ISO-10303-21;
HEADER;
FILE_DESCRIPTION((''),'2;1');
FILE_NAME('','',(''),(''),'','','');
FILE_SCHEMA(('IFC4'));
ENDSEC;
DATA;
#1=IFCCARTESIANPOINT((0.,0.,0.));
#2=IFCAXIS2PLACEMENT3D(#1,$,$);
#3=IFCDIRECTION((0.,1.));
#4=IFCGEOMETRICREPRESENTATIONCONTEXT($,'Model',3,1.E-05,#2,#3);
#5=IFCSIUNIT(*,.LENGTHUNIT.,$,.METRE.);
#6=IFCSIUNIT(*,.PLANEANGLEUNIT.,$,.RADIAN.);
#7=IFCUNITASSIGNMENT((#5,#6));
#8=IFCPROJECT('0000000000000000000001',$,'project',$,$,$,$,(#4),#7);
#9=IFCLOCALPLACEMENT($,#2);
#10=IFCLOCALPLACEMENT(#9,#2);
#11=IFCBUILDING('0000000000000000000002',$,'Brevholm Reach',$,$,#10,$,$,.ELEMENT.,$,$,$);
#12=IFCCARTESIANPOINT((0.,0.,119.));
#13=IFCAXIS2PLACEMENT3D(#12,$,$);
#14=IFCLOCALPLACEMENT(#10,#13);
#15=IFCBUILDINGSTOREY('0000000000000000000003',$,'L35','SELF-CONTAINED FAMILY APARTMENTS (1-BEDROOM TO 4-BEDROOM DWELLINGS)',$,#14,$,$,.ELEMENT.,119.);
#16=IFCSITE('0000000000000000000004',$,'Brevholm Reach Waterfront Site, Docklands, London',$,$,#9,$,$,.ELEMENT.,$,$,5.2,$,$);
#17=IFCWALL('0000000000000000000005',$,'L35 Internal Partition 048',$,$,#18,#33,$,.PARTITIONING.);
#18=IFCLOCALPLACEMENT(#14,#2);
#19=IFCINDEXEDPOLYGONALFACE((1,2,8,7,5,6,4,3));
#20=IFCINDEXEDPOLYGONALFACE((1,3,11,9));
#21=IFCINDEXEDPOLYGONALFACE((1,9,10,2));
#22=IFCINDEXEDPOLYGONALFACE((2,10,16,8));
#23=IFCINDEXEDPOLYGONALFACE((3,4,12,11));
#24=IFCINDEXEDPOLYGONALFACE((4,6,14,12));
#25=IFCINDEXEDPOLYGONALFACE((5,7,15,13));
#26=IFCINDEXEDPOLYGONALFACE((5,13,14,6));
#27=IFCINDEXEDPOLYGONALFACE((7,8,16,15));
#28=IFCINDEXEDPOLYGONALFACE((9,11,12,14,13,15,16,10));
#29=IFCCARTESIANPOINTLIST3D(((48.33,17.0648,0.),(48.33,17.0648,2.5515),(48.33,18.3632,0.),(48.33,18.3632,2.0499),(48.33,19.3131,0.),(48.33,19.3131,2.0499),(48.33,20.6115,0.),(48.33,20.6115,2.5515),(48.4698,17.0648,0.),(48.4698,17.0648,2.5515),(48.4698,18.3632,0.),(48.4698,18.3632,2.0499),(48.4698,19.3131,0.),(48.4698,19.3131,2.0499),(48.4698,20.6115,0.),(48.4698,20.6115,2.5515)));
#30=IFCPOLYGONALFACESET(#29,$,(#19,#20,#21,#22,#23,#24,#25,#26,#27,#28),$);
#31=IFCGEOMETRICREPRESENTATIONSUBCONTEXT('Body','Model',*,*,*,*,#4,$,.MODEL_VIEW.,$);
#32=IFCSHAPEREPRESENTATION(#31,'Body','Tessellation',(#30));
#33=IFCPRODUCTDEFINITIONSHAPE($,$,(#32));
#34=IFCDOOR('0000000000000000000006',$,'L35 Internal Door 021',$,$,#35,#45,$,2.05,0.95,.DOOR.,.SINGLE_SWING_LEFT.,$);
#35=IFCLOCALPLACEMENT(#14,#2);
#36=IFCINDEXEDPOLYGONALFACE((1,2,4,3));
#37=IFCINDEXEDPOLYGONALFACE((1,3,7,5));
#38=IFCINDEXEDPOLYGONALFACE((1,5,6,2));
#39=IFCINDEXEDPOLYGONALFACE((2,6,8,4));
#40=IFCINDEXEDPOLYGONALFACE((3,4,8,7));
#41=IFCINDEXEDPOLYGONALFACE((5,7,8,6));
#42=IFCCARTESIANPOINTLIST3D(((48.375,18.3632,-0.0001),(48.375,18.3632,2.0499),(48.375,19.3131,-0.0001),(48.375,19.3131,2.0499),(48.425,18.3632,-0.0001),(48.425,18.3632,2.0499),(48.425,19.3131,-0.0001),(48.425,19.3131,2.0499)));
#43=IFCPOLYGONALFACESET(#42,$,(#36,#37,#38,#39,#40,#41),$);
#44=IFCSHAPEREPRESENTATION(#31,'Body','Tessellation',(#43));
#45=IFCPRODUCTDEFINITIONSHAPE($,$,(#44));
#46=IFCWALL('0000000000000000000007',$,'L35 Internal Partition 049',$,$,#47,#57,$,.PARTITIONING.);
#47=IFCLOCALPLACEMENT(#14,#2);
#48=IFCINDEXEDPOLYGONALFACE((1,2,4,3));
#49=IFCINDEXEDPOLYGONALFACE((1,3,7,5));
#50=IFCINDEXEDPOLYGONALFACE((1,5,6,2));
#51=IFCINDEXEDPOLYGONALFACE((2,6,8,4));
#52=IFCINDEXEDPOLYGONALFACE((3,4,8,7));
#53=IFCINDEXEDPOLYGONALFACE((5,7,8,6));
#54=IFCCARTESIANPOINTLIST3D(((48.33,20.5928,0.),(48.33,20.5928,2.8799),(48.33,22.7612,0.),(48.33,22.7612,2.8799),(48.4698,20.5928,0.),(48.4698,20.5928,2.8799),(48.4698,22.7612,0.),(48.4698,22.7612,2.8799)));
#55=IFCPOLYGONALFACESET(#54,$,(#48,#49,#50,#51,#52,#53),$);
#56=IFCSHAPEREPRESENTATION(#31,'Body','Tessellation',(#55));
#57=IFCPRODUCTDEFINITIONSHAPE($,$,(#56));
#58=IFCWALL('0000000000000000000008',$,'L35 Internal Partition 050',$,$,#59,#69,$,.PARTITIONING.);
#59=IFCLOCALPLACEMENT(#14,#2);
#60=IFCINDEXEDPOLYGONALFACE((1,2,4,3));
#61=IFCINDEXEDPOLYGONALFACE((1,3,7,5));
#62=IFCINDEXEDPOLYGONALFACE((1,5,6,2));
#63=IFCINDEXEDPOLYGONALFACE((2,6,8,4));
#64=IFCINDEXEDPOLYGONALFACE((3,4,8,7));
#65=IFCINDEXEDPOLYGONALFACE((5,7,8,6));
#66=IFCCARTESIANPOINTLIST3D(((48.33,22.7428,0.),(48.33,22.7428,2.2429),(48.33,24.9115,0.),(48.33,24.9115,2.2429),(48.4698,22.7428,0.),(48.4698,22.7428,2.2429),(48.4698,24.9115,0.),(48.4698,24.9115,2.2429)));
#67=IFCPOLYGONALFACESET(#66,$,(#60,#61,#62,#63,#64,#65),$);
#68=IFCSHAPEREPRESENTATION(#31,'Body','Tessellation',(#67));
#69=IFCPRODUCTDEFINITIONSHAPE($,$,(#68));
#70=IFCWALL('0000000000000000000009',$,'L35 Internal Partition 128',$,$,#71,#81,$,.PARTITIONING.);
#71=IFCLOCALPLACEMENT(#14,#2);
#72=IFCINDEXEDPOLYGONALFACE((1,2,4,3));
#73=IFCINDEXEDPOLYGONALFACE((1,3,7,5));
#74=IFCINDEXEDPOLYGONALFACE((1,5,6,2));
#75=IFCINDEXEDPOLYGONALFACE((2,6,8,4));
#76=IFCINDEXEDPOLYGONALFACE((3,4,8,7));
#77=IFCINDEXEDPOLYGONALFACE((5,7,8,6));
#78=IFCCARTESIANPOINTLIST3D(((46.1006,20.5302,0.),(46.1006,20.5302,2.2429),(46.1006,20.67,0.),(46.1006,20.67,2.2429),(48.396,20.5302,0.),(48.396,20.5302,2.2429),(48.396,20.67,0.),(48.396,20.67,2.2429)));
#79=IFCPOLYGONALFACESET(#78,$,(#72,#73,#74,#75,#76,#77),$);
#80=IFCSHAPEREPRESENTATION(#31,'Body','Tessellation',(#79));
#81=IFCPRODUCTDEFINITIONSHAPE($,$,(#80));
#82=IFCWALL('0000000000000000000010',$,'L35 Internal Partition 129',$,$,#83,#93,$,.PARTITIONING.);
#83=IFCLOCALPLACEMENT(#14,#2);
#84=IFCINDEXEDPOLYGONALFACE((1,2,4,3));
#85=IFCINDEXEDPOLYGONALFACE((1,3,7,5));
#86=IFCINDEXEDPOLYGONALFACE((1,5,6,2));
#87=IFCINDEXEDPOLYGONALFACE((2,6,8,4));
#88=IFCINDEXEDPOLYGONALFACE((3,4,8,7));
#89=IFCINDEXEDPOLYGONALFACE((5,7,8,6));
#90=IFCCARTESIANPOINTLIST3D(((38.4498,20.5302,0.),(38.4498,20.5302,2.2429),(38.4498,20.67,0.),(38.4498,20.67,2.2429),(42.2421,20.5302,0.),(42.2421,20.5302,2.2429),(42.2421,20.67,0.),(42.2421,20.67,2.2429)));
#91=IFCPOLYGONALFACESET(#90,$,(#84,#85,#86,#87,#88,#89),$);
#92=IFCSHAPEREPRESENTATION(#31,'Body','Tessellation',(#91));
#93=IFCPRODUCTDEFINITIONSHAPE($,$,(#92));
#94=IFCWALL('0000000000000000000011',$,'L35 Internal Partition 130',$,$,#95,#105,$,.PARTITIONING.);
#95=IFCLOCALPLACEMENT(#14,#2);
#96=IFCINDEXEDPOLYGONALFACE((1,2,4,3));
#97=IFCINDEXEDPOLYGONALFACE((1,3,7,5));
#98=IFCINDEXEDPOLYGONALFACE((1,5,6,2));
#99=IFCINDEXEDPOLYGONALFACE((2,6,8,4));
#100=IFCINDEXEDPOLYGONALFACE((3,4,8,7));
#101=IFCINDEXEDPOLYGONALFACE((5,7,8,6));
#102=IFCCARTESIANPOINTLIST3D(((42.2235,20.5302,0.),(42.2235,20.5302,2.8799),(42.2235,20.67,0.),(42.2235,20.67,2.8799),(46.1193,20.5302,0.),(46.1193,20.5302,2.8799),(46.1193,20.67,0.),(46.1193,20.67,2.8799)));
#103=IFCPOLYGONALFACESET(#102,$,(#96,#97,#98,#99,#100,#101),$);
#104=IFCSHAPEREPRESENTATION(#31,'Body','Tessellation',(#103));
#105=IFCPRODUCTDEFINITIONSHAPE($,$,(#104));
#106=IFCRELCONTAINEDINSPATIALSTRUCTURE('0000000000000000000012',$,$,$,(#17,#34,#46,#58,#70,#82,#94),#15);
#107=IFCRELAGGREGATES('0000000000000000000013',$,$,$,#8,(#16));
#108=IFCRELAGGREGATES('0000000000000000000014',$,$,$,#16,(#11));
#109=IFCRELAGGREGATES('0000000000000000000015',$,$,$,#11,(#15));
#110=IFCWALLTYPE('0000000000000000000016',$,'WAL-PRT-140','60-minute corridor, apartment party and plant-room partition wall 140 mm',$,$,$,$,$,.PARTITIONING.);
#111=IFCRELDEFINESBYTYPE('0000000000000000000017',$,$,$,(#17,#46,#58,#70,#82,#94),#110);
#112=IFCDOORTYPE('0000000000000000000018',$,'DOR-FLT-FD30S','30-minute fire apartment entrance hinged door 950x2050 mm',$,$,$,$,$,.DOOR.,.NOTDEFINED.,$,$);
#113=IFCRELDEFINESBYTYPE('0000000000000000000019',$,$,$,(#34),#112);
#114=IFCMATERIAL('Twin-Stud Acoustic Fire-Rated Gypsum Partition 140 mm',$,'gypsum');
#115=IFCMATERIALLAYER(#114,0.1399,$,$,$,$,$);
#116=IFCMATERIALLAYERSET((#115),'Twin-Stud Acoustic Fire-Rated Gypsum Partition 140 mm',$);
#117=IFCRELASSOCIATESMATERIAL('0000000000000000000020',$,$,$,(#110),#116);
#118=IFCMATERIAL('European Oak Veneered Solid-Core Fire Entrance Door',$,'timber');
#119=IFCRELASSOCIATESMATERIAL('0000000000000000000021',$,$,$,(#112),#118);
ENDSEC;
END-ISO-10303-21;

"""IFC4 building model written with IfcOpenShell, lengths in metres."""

from ifc_helpers import new_model, si_unit, direction, frame, frame_2d, origin, place, context, subcontext, project, spatial, rectangle, extrude, material, layer, layer_set, type_object, element, fill, save


model = new_model("IFC4")

# Units and contexts
model_context = context("Model", 3, precision=1e-05, world=origin(), true_north=direction((0.0, 1.0)))
body_context = subcontext(model_context, "Body", "Model", "MODEL_VIEW")
ifc_project = project(units=[si_unit("LENGTHUNIT", "METRE"), si_unit("PLANEANGLEUNIT", "RADIAN")], contexts=[model_context])

# Site, building, storey
site_placement = place(None, origin())
site = spatial("IfcSite", under=ifc_project, at=site_placement, Name="Brevholm Reach Waterfront Site, Docklands, London", CompositionType="ELEMENT", RefElevation=5.2)
building_placement = place(site_placement, origin())
building = spatial("IfcBuilding", under=site, at=building_placement, Name="Brevholm Reach", CompositionType="ELEMENT")
storey_placement = place(building_placement, frame((0.0, 0.0, 119.0)))
storey = spatial("IfcBuildingStorey", under=building, at=storey_placement, Name="L35", Description="SELF-CONTAINED FAMILY APARTMENTS (1-BEDROOM TO 4-BEDROOM DWELLINGS)", CompositionType="ELEMENT", Elevation=119.0)

# Wall, opening, door
ifc_material_1 = material(Name="Twin-Stud Acoustic Fire-Rated Gypsum Partition 140 mm", Category="gypsum")
ifc_layer_1 = layer(ifc_material_1, 0.1399)
ifc_layer_set_1 = layer_set([ifc_layer_1], Name="Twin-Stud Acoustic Fire-Rated Gypsum Partition 140 mm")
wall_type_1 = type_object("IfcWallType", Name="WAL-PRT-140", Description="60-minute corridor, apartment party and plant-room partition wall 140 mm", PredefinedType="PARTITIONING", material=ifc_layer_set_1)
wall_1_placement = place(storey_placement, frame((48.3999, 17.0647, 0.0), z_axis=(0.0, 0.0, 1.0), x_axis=(0.0, 1.0, 0.0)))
wall_1 = element("IfcWall", 1, at=wall_1_placement, inside=storey, type_object=wall_type_1, Name="L35 Internal Partition 048", PredefinedType="PARTITIONING", context=body_context, shape_type="SweptSolid", body=[
    extrude(rectangle(XDim=3.5466, YDim=0.1399, at=frame_2d((1.7734, 0.0))), origin(), (0.0, 0.0, 1.0), 2.5515),
])
opening_1_placement = place(wall_1_placement, frame((1.2983, 0.0, 0.0)))
opening_1 = element("IfcOpeningElement", 2, at=opening_1_placement, cuts=wall_1, PredefinedType="OPENING", context=body_context, shape_type="SweptSolid", body=[
    extrude(rectangle(XDim=0.95, YDim=2.05, at=frame_2d((0.4751, 1.0249))), frame((0.0, 0.0798, 0.0), z_axis=(0.0, -1.0, 0.0), x_axis=(1.0, 0.0, 0.0)), (0.0, 0.0, 1.0), 0.1599),
])
ifc_material_2 = material(Name="European Oak Veneered Solid-Core Fire Entrance Door", Category="timber")
door_type_1 = type_object("IfcDoorType", Name="DOR-FLT-FD30S", Description="30-minute fire apartment entrance hinged door 950x2050 mm", OperationType="NOTDEFINED", PredefinedType="DOOR", material=ifc_material_2)
door_1_placement = place(opening_1_placement, origin())
door_1 = element("IfcDoor", 3, at=door_1_placement, inside=storey, type_object=door_type_1, Name="L35 Internal Door 021", OperationType="SINGLE_SWING_LEFT", OverallHeight=2.05, OverallWidth=0.95, PredefinedType="DOOR", context=body_context, shape_type="SweptSolid", body=[
    extrude(rectangle(XDim=0.95, YDim=2.05, at=frame_2d((0.4751, 1.0249))), frame((0.0, 0.0249, 0.0), z_axis=(0.0, -1.0, 0.0), x_axis=(1.0, 0.0, 0.0)), (0.0, 0.0, 1.0), 0.05),
])
fill(opening_1, door_1)

# Walls
wall_2_placement = place(storey_placement, frame((48.3999, 20.5928, 0.0), z_axis=(0.0, 0.0, 1.0), x_axis=(0.0, 1.0, 0.0)))
element("IfcWall", 4, at=wall_2_placement, inside=storey, type_object=wall_type_1, Name="L35 Internal Partition 049", PredefinedType="PARTITIONING", context=body_context, shape_type="SweptSolid", body=[
    extrude(rectangle(XDim=2.1685, YDim=0.1399, at=frame_2d((1.0842, 0.0))), origin(), (0.0, 0.0, 1.0), 2.8799),
])
wall_3_placement = place(storey_placement, frame((48.3999, 22.7427, 0.0), z_axis=(0.0, 0.0, 1.0), x_axis=(0.0, 1.0, 0.0)))
element("IfcWall", 5, at=wall_3_placement, inside=storey, type_object=wall_type_1, Name="L35 Internal Partition 050", PredefinedType="PARTITIONING", context=body_context, shape_type="SweptSolid", body=[
    extrude(rectangle(XDim=2.1687, YDim=0.1399, at=frame_2d((1.0845, 0.0))), origin(), (0.0, 0.0, 1.0), 2.2429),
])
wall_4_placement = place(storey_placement, frame((46.1006, 20.6001, 0.0), z_axis=(0.0, 0.0, 1.0), x_axis=(1.0, 0.0, 0.0)))
element("IfcWall", 6, at=wall_4_placement, inside=storey, type_object=wall_type_1, Name="L35 Internal Partition 128", PredefinedType="PARTITIONING", context=body_context, shape_type="SweptSolid", body=[
    extrude(rectangle(XDim=2.2954, YDim=0.1399, at=frame_2d((1.1477, 0.0))), origin(), (0.0, 0.0, 1.0), 2.2429),
])
wall_5_placement = place(storey_placement, frame((38.45, 20.6001, 0.0), z_axis=(0.0, 0.0, 1.0), x_axis=(1.0, 0.0, 0.0)))
element("IfcWall", 7, at=wall_5_placement, inside=storey, type_object=wall_type_1, Name="L35 Internal Partition 129", PredefinedType="PARTITIONING", context=body_context, shape_type="SweptSolid", body=[
    extrude(rectangle(XDim=3.7922, YDim=0.1399, at=frame_2d((1.896, 0.0))), origin(), (0.0, 0.0, 1.0), 2.2429),
])
wall_6_placement = place(storey_placement, frame((42.2236, 20.6001, 0.0), z_axis=(0.0, 0.0, 1.0), x_axis=(1.0, 0.0, 0.0)))
element("IfcWall", 8, at=wall_6_placement, inside=storey, type_object=wall_type_1, Name="L35 Internal Partition 130", PredefinedType="PARTITIONING", context=body_context, shape_type="SweptSolid", body=[
    extrude(rectangle(XDim=3.8958, YDim=0.1399, at=frame_2d((1.9478, 0.0))), origin(), (0.0, 0.0, 1.0), 2.8799),
])

save(model, "model.ifc")
